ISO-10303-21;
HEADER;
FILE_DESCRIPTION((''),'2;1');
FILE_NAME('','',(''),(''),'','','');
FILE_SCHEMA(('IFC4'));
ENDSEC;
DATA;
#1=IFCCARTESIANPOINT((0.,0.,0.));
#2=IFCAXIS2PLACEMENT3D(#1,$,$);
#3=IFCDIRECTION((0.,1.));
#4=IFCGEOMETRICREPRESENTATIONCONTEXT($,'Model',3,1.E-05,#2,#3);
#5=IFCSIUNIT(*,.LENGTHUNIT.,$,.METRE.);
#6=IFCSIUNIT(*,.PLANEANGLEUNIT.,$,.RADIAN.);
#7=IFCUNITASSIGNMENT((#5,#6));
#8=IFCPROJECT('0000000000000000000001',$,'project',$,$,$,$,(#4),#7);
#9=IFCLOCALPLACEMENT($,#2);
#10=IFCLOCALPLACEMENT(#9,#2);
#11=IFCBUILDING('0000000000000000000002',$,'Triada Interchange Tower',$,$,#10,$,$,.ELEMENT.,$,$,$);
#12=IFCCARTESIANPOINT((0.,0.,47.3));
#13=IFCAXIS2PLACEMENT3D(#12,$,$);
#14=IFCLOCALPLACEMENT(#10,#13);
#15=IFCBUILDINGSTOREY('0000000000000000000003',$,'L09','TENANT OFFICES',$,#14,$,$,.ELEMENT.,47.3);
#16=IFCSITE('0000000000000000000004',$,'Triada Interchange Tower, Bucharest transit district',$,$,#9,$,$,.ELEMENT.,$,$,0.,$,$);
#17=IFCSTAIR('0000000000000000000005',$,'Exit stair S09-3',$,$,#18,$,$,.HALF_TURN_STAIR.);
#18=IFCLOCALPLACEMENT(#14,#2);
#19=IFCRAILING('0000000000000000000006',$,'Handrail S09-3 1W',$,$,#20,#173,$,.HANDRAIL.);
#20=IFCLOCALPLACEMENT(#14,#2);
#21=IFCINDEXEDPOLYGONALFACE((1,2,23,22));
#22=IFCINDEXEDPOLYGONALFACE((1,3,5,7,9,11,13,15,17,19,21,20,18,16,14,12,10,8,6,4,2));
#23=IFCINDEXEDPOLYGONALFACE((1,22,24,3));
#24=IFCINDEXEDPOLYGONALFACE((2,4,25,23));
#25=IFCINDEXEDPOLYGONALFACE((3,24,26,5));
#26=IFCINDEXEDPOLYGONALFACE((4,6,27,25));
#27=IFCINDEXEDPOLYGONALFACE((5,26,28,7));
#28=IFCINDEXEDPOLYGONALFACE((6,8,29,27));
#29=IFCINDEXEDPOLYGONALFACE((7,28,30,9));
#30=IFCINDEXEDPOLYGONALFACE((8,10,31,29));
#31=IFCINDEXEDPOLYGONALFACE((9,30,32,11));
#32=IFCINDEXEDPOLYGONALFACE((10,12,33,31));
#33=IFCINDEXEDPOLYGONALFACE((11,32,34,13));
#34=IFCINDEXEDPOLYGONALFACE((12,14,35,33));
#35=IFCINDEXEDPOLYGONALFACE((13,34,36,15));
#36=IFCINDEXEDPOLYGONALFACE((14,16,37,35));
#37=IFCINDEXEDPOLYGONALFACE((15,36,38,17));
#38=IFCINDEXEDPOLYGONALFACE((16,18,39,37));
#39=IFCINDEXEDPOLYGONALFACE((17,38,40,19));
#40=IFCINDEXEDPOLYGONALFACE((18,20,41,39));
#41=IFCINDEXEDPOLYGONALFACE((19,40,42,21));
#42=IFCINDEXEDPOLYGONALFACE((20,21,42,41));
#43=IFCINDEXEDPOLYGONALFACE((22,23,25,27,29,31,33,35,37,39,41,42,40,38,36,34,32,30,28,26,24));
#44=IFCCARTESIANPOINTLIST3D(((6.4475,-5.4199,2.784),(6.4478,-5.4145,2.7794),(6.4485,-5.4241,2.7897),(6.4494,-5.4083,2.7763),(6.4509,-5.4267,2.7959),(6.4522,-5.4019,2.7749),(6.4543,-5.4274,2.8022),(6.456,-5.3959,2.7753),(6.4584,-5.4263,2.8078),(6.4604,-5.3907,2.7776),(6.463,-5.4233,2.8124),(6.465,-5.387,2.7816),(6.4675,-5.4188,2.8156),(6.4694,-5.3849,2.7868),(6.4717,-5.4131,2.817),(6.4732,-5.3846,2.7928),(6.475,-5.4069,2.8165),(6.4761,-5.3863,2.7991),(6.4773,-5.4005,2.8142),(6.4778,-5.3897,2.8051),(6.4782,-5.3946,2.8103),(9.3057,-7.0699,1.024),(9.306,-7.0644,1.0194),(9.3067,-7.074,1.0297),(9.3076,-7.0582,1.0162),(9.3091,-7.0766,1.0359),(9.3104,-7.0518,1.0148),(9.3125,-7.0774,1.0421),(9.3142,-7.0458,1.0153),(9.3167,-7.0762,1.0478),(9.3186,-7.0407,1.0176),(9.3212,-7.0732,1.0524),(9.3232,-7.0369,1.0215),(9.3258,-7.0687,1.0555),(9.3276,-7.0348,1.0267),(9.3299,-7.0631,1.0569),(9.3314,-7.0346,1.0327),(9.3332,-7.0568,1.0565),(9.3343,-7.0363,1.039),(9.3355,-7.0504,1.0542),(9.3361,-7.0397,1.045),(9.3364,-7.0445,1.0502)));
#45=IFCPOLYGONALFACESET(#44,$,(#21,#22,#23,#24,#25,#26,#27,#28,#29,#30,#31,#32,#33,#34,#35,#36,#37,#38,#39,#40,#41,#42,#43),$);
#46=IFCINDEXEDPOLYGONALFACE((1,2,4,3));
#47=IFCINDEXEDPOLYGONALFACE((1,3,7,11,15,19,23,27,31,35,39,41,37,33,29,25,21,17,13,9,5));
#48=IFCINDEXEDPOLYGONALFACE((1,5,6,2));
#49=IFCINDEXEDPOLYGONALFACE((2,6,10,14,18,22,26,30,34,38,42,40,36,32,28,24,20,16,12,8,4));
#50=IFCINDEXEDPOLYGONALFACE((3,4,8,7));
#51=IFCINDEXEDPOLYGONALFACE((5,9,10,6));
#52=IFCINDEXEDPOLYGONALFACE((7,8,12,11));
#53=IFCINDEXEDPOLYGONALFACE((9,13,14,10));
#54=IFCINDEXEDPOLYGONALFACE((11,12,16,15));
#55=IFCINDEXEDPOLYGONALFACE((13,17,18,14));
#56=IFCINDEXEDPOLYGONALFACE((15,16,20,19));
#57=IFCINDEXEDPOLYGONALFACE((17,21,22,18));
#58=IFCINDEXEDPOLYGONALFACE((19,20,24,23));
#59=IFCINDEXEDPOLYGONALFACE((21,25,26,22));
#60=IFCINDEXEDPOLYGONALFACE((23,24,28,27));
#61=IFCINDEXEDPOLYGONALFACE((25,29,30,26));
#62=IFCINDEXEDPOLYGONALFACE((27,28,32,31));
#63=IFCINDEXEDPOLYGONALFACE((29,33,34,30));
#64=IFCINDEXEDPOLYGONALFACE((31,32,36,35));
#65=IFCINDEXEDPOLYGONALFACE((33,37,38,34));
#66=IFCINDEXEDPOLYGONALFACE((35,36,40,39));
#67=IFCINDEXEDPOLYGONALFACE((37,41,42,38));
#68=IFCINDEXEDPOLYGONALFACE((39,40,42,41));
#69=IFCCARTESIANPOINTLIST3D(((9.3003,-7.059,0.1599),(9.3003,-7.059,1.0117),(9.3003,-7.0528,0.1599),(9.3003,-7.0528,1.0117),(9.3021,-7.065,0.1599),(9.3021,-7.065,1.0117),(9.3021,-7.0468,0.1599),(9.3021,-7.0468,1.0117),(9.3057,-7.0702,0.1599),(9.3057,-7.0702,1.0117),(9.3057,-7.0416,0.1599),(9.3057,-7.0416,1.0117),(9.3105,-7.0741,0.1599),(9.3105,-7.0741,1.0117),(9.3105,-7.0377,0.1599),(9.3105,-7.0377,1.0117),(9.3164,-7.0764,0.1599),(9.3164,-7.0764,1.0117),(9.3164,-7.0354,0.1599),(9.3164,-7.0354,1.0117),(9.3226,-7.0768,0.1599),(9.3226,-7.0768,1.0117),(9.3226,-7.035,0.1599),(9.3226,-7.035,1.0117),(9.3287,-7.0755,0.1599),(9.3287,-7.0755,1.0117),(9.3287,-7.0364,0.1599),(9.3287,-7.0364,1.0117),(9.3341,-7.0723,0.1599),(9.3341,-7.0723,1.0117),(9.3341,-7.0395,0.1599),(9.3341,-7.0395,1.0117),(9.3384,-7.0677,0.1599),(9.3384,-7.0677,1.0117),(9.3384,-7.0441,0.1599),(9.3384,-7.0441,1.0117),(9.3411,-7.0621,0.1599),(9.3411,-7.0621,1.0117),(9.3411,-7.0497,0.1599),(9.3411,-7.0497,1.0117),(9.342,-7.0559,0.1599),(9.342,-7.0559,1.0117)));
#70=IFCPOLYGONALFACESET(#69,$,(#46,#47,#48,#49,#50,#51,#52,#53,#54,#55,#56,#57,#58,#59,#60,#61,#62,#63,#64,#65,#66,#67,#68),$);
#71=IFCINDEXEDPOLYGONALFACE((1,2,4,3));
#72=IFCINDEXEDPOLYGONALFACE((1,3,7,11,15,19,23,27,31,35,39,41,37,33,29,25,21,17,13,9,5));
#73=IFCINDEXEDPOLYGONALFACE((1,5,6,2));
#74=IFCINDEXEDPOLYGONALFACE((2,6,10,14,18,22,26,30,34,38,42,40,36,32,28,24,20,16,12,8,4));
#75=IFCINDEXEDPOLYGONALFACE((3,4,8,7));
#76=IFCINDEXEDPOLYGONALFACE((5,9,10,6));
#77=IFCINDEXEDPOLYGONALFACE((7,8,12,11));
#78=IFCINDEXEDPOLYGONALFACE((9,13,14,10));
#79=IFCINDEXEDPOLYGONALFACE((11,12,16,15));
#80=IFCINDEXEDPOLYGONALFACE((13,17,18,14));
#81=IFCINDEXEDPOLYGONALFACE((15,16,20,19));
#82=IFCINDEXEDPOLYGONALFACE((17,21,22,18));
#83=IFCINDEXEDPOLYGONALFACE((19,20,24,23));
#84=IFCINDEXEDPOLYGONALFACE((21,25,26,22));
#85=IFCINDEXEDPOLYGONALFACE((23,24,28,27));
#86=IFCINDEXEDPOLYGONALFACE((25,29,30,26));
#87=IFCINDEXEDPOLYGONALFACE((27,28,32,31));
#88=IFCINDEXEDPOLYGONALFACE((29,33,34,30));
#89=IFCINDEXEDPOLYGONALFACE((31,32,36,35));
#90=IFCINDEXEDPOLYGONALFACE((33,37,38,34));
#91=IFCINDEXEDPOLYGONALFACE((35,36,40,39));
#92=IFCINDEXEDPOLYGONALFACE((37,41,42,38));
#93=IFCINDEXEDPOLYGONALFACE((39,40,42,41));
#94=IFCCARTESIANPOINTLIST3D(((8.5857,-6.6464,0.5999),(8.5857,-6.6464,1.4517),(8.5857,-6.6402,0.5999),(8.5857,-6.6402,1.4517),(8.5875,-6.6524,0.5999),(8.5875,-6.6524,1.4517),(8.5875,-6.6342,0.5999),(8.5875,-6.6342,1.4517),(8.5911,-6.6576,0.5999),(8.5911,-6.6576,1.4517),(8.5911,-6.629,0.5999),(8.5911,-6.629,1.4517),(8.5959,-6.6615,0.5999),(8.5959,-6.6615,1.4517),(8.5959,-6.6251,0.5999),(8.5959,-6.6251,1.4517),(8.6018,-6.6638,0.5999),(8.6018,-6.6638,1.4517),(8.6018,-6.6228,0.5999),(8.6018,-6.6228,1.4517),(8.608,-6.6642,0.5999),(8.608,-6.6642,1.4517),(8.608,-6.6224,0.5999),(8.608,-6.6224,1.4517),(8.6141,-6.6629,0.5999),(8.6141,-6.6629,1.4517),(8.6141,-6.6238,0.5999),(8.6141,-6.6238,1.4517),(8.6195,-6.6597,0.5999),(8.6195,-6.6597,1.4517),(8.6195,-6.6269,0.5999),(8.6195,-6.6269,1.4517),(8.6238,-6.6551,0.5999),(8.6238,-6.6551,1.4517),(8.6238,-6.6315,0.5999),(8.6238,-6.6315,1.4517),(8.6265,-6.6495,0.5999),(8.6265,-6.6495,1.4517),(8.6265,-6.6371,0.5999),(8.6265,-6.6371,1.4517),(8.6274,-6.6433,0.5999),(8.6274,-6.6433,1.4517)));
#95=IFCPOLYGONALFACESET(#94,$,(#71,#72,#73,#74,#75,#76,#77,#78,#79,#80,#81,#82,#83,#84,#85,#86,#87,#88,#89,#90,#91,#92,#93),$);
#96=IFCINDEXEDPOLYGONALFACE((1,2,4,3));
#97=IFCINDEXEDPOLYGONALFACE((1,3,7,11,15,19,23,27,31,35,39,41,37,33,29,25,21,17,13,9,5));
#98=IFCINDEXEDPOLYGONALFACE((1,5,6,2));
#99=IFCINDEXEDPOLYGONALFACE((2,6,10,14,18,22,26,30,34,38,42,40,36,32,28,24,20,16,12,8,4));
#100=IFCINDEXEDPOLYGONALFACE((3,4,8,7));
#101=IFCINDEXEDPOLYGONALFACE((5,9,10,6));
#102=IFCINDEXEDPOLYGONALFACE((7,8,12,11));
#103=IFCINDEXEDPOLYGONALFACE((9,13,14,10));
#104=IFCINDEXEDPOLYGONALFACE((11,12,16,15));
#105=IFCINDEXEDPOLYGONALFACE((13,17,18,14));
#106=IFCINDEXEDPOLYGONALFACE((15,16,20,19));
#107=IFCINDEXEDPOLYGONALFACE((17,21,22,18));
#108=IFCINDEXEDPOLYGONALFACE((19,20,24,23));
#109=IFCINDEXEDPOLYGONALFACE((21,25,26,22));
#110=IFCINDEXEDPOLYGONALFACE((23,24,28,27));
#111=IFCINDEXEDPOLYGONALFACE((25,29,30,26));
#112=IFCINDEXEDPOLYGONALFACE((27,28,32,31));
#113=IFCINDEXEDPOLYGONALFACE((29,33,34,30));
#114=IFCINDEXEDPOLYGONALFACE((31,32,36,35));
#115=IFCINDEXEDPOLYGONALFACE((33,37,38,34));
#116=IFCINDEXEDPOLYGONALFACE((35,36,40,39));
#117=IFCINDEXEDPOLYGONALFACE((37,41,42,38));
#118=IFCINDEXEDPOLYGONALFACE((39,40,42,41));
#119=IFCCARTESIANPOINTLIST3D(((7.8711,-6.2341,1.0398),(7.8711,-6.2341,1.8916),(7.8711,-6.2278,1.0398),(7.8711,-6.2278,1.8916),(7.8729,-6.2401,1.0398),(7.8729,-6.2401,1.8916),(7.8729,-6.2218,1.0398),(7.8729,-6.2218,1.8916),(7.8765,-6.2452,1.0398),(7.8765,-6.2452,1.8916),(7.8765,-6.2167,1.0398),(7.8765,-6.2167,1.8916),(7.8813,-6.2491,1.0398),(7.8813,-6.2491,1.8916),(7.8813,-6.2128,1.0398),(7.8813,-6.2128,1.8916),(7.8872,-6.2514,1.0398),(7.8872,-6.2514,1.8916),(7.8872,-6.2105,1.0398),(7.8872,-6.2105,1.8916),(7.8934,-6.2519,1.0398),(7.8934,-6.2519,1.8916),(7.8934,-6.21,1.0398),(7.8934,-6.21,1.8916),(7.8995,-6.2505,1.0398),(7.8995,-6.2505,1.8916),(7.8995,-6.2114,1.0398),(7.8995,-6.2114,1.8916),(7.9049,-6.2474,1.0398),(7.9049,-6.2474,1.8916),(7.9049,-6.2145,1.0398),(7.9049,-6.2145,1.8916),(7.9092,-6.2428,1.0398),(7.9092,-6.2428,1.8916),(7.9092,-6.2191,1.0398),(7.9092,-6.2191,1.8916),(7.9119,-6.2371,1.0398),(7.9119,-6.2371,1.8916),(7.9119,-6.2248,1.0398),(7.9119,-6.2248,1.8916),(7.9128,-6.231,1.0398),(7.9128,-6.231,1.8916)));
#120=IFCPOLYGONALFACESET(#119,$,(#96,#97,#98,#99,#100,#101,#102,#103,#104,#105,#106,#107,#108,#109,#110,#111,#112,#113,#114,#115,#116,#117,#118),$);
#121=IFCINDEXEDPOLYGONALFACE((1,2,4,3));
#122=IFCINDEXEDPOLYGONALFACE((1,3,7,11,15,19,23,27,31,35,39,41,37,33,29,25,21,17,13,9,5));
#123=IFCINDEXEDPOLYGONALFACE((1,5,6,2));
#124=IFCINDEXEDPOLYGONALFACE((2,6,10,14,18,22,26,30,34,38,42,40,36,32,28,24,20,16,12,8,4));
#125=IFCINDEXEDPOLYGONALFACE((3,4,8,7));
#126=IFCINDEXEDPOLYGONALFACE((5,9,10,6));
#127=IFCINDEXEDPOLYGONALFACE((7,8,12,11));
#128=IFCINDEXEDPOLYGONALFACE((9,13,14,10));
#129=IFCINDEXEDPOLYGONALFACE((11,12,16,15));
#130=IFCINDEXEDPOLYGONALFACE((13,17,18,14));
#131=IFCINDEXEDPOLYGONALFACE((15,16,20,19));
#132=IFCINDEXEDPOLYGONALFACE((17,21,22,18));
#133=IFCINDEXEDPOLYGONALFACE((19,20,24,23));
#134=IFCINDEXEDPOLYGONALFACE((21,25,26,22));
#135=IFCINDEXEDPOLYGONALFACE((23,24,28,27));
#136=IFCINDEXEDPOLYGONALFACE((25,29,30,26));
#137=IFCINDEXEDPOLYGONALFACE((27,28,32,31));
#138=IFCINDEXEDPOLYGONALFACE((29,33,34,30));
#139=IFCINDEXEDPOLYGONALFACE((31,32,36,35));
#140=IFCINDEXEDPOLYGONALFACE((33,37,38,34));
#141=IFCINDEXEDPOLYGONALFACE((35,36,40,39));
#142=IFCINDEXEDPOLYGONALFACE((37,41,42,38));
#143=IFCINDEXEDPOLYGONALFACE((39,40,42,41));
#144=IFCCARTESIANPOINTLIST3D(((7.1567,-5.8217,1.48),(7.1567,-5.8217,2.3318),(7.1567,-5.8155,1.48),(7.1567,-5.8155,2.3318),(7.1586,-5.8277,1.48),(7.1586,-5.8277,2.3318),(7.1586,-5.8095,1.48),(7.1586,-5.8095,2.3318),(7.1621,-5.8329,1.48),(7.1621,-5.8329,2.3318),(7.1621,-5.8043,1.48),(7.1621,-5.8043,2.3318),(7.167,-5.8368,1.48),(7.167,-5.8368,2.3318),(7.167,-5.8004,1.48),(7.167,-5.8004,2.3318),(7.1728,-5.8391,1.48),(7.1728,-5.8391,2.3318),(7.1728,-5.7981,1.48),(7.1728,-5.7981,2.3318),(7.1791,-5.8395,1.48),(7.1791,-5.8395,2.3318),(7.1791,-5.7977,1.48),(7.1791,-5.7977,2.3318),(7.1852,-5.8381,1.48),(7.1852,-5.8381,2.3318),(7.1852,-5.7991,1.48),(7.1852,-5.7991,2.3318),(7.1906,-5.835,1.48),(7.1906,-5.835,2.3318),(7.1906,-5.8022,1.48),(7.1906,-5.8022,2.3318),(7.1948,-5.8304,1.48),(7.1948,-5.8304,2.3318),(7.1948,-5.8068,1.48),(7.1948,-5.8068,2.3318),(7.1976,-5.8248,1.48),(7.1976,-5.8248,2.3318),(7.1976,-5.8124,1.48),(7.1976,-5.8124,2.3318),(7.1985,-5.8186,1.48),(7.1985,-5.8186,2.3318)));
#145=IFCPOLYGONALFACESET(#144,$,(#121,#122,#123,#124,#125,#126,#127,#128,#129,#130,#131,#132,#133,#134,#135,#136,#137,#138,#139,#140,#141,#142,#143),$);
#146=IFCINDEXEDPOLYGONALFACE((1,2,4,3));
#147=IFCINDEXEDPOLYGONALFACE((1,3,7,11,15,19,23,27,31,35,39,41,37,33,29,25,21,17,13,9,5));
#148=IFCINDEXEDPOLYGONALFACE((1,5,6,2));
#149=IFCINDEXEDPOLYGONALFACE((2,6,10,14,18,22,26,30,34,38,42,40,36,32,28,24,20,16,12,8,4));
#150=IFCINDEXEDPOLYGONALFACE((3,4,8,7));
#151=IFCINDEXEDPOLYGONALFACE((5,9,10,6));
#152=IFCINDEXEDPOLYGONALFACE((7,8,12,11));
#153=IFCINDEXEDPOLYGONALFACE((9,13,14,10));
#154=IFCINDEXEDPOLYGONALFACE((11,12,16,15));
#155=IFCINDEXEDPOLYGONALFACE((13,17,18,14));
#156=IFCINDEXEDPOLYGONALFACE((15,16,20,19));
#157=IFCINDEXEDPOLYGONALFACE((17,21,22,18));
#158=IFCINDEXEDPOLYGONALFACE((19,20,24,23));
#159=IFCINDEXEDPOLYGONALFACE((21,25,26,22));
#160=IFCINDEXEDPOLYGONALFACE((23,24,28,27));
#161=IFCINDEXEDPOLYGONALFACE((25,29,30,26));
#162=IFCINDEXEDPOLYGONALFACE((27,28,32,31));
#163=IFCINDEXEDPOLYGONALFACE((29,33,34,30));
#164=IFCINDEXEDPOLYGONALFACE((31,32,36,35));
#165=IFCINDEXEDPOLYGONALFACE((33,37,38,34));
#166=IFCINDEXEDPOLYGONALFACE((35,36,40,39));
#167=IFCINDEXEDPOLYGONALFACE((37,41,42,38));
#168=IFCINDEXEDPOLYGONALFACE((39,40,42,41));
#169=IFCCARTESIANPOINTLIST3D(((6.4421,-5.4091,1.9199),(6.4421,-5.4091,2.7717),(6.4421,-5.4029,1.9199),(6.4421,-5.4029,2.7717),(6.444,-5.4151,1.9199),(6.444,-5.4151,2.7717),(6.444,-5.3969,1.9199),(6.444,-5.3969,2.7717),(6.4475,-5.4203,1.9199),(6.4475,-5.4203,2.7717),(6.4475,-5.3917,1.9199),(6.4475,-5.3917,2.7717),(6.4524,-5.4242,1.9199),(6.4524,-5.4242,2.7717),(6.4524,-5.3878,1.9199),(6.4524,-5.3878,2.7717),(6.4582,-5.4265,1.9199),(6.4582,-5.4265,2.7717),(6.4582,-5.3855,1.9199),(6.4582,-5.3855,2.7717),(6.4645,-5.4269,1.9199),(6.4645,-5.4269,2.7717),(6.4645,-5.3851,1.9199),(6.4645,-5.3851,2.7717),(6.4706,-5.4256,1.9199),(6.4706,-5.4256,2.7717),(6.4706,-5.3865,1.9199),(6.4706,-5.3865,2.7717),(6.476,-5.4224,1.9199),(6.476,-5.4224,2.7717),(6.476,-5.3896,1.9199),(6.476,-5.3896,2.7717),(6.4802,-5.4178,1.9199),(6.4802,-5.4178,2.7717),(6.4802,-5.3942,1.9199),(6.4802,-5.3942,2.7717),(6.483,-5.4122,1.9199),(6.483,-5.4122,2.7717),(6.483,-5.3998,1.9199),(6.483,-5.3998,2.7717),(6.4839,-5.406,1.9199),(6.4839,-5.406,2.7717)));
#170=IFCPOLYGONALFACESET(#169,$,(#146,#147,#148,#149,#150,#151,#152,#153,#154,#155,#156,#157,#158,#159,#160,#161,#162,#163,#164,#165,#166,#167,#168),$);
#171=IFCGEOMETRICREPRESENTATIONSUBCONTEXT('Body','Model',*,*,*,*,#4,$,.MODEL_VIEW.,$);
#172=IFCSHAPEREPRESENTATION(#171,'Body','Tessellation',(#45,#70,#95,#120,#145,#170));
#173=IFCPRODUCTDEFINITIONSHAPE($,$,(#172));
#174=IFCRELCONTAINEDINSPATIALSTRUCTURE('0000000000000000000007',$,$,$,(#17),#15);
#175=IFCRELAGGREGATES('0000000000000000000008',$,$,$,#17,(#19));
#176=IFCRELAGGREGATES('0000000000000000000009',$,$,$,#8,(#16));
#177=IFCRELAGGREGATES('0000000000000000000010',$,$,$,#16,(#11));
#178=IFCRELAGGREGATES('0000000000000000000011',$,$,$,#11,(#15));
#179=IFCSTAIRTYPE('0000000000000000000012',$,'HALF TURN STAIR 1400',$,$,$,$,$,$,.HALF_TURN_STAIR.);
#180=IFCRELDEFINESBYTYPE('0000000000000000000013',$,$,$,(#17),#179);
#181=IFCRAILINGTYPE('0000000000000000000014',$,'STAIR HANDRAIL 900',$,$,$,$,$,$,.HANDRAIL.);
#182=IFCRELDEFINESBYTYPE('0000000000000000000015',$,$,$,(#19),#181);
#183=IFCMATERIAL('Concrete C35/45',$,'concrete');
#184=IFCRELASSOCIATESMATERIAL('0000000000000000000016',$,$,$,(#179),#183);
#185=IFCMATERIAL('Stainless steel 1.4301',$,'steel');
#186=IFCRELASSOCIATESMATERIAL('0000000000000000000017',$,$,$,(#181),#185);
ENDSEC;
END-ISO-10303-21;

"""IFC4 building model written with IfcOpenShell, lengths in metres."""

from ifc_helpers import new_model, si_unit, direction, frame, origin, origin_2d, place, context, subcontext, project, spatial, circle, extrude, material, type_object, element, aggregate, save


model = new_model("IFC4")

# Units and contexts
model_context = context("Model", 3, precision=1e-05, world=origin(), true_north=direction((0.0, 1.0)))
body_context = subcontext(model_context, "Body", "Model", "MODEL_VIEW")
ifc_project = project(units=[si_unit("LENGTHUNIT", "METRE"), si_unit("PLANEANGLEUNIT", "RADIAN")], contexts=[model_context])

# Site, building, storey
site_placement = place(None, origin())
site = spatial("IfcSite", under=ifc_project, at=site_placement, Name="Triada Interchange Tower, Bucharest transit district", CompositionType="ELEMENT", RefElevation=0.0)
building_placement = place(site_placement, origin())
building = spatial("IfcBuilding", under=site, at=building_placement, Name="Triada Interchange Tower", CompositionType="ELEMENT")
storey_placement = place(building_placement, frame((0.0, 0.0, 47.3)))
storey = spatial("IfcBuildingStorey", under=building, at=storey_placement, Name="L09", Description="TENANT OFFICES", CompositionType="ELEMENT", Elevation=47.3)

# Stair, railing
ifc_material_1 = material(Name="Concrete C35/45", Category="concrete")
stair_type = type_object("IfcStairType", Name="HALF TURN STAIR 1400", PredefinedType="HALF_TURN_STAIR", material=ifc_material_1)
stair_placement = place(storey_placement, origin())
stair = element("IfcStair", 1, at=stair_placement, inside=storey, type_object=stair_type, Name="Exit stair S09-3", PredefinedType="HALF_TURN_STAIR")
ifc_material_2 = material(Name="Stainless steel 1.4301", Category="steel")
railing_type = type_object("IfcRailingType", Name="STAIR HANDRAIL 900", PredefinedType="HANDRAIL", material=ifc_material_2)
railing_1_placement = place(storey_placement, frame((9.321, -7.0559, 0.1599)))
railing_1 = element("IfcRailing", 2, at=railing_1_placement, type_object=railing_type, Name="Handrail S09-3 1W", PredefinedType="HANDRAIL", context=body_context, shape_type="SweptSolid", body=[
    extrude(circle(Radius=0.0239, at=origin_2d()), frame((0.0, 0.0, 0.876), z_axis=(-0.764178, 0.441131, 0.47057), x_axis=(-0.499942, -0.866059, 0.0)), (0.0, 0.0, 1.0), 3.7402),
    extrude(circle(Radius=0.021, at=origin_2d()), origin(), (0.0, 0.0, 1.0), 0.8518),
    extrude(circle(Radius=0.021, at=origin_2d()), frame((-0.7146, 0.4126, 0.4399)), (0.0, 0.0, 1.0), 0.8518),
    extrude(circle(Radius=0.021, at=origin_2d()), frame((-1.4292, 0.825, 0.8799)), (0.0, 0.0, 1.0), 0.8518),
    extrude(circle(Radius=0.021, at=origin_2d()), frame((-2.1436, 1.2373, 1.3201)), (0.0, 0.0, 1.0), 0.8518),
    extrude(circle(Radius=0.021, at=origin_2d()), frame((-2.8582, 1.6499, 1.76)), (0.0, 0.0, 1.0), 0.8518),
])
aggregate(stair, [railing_1])

save(model, "model.ifc")
